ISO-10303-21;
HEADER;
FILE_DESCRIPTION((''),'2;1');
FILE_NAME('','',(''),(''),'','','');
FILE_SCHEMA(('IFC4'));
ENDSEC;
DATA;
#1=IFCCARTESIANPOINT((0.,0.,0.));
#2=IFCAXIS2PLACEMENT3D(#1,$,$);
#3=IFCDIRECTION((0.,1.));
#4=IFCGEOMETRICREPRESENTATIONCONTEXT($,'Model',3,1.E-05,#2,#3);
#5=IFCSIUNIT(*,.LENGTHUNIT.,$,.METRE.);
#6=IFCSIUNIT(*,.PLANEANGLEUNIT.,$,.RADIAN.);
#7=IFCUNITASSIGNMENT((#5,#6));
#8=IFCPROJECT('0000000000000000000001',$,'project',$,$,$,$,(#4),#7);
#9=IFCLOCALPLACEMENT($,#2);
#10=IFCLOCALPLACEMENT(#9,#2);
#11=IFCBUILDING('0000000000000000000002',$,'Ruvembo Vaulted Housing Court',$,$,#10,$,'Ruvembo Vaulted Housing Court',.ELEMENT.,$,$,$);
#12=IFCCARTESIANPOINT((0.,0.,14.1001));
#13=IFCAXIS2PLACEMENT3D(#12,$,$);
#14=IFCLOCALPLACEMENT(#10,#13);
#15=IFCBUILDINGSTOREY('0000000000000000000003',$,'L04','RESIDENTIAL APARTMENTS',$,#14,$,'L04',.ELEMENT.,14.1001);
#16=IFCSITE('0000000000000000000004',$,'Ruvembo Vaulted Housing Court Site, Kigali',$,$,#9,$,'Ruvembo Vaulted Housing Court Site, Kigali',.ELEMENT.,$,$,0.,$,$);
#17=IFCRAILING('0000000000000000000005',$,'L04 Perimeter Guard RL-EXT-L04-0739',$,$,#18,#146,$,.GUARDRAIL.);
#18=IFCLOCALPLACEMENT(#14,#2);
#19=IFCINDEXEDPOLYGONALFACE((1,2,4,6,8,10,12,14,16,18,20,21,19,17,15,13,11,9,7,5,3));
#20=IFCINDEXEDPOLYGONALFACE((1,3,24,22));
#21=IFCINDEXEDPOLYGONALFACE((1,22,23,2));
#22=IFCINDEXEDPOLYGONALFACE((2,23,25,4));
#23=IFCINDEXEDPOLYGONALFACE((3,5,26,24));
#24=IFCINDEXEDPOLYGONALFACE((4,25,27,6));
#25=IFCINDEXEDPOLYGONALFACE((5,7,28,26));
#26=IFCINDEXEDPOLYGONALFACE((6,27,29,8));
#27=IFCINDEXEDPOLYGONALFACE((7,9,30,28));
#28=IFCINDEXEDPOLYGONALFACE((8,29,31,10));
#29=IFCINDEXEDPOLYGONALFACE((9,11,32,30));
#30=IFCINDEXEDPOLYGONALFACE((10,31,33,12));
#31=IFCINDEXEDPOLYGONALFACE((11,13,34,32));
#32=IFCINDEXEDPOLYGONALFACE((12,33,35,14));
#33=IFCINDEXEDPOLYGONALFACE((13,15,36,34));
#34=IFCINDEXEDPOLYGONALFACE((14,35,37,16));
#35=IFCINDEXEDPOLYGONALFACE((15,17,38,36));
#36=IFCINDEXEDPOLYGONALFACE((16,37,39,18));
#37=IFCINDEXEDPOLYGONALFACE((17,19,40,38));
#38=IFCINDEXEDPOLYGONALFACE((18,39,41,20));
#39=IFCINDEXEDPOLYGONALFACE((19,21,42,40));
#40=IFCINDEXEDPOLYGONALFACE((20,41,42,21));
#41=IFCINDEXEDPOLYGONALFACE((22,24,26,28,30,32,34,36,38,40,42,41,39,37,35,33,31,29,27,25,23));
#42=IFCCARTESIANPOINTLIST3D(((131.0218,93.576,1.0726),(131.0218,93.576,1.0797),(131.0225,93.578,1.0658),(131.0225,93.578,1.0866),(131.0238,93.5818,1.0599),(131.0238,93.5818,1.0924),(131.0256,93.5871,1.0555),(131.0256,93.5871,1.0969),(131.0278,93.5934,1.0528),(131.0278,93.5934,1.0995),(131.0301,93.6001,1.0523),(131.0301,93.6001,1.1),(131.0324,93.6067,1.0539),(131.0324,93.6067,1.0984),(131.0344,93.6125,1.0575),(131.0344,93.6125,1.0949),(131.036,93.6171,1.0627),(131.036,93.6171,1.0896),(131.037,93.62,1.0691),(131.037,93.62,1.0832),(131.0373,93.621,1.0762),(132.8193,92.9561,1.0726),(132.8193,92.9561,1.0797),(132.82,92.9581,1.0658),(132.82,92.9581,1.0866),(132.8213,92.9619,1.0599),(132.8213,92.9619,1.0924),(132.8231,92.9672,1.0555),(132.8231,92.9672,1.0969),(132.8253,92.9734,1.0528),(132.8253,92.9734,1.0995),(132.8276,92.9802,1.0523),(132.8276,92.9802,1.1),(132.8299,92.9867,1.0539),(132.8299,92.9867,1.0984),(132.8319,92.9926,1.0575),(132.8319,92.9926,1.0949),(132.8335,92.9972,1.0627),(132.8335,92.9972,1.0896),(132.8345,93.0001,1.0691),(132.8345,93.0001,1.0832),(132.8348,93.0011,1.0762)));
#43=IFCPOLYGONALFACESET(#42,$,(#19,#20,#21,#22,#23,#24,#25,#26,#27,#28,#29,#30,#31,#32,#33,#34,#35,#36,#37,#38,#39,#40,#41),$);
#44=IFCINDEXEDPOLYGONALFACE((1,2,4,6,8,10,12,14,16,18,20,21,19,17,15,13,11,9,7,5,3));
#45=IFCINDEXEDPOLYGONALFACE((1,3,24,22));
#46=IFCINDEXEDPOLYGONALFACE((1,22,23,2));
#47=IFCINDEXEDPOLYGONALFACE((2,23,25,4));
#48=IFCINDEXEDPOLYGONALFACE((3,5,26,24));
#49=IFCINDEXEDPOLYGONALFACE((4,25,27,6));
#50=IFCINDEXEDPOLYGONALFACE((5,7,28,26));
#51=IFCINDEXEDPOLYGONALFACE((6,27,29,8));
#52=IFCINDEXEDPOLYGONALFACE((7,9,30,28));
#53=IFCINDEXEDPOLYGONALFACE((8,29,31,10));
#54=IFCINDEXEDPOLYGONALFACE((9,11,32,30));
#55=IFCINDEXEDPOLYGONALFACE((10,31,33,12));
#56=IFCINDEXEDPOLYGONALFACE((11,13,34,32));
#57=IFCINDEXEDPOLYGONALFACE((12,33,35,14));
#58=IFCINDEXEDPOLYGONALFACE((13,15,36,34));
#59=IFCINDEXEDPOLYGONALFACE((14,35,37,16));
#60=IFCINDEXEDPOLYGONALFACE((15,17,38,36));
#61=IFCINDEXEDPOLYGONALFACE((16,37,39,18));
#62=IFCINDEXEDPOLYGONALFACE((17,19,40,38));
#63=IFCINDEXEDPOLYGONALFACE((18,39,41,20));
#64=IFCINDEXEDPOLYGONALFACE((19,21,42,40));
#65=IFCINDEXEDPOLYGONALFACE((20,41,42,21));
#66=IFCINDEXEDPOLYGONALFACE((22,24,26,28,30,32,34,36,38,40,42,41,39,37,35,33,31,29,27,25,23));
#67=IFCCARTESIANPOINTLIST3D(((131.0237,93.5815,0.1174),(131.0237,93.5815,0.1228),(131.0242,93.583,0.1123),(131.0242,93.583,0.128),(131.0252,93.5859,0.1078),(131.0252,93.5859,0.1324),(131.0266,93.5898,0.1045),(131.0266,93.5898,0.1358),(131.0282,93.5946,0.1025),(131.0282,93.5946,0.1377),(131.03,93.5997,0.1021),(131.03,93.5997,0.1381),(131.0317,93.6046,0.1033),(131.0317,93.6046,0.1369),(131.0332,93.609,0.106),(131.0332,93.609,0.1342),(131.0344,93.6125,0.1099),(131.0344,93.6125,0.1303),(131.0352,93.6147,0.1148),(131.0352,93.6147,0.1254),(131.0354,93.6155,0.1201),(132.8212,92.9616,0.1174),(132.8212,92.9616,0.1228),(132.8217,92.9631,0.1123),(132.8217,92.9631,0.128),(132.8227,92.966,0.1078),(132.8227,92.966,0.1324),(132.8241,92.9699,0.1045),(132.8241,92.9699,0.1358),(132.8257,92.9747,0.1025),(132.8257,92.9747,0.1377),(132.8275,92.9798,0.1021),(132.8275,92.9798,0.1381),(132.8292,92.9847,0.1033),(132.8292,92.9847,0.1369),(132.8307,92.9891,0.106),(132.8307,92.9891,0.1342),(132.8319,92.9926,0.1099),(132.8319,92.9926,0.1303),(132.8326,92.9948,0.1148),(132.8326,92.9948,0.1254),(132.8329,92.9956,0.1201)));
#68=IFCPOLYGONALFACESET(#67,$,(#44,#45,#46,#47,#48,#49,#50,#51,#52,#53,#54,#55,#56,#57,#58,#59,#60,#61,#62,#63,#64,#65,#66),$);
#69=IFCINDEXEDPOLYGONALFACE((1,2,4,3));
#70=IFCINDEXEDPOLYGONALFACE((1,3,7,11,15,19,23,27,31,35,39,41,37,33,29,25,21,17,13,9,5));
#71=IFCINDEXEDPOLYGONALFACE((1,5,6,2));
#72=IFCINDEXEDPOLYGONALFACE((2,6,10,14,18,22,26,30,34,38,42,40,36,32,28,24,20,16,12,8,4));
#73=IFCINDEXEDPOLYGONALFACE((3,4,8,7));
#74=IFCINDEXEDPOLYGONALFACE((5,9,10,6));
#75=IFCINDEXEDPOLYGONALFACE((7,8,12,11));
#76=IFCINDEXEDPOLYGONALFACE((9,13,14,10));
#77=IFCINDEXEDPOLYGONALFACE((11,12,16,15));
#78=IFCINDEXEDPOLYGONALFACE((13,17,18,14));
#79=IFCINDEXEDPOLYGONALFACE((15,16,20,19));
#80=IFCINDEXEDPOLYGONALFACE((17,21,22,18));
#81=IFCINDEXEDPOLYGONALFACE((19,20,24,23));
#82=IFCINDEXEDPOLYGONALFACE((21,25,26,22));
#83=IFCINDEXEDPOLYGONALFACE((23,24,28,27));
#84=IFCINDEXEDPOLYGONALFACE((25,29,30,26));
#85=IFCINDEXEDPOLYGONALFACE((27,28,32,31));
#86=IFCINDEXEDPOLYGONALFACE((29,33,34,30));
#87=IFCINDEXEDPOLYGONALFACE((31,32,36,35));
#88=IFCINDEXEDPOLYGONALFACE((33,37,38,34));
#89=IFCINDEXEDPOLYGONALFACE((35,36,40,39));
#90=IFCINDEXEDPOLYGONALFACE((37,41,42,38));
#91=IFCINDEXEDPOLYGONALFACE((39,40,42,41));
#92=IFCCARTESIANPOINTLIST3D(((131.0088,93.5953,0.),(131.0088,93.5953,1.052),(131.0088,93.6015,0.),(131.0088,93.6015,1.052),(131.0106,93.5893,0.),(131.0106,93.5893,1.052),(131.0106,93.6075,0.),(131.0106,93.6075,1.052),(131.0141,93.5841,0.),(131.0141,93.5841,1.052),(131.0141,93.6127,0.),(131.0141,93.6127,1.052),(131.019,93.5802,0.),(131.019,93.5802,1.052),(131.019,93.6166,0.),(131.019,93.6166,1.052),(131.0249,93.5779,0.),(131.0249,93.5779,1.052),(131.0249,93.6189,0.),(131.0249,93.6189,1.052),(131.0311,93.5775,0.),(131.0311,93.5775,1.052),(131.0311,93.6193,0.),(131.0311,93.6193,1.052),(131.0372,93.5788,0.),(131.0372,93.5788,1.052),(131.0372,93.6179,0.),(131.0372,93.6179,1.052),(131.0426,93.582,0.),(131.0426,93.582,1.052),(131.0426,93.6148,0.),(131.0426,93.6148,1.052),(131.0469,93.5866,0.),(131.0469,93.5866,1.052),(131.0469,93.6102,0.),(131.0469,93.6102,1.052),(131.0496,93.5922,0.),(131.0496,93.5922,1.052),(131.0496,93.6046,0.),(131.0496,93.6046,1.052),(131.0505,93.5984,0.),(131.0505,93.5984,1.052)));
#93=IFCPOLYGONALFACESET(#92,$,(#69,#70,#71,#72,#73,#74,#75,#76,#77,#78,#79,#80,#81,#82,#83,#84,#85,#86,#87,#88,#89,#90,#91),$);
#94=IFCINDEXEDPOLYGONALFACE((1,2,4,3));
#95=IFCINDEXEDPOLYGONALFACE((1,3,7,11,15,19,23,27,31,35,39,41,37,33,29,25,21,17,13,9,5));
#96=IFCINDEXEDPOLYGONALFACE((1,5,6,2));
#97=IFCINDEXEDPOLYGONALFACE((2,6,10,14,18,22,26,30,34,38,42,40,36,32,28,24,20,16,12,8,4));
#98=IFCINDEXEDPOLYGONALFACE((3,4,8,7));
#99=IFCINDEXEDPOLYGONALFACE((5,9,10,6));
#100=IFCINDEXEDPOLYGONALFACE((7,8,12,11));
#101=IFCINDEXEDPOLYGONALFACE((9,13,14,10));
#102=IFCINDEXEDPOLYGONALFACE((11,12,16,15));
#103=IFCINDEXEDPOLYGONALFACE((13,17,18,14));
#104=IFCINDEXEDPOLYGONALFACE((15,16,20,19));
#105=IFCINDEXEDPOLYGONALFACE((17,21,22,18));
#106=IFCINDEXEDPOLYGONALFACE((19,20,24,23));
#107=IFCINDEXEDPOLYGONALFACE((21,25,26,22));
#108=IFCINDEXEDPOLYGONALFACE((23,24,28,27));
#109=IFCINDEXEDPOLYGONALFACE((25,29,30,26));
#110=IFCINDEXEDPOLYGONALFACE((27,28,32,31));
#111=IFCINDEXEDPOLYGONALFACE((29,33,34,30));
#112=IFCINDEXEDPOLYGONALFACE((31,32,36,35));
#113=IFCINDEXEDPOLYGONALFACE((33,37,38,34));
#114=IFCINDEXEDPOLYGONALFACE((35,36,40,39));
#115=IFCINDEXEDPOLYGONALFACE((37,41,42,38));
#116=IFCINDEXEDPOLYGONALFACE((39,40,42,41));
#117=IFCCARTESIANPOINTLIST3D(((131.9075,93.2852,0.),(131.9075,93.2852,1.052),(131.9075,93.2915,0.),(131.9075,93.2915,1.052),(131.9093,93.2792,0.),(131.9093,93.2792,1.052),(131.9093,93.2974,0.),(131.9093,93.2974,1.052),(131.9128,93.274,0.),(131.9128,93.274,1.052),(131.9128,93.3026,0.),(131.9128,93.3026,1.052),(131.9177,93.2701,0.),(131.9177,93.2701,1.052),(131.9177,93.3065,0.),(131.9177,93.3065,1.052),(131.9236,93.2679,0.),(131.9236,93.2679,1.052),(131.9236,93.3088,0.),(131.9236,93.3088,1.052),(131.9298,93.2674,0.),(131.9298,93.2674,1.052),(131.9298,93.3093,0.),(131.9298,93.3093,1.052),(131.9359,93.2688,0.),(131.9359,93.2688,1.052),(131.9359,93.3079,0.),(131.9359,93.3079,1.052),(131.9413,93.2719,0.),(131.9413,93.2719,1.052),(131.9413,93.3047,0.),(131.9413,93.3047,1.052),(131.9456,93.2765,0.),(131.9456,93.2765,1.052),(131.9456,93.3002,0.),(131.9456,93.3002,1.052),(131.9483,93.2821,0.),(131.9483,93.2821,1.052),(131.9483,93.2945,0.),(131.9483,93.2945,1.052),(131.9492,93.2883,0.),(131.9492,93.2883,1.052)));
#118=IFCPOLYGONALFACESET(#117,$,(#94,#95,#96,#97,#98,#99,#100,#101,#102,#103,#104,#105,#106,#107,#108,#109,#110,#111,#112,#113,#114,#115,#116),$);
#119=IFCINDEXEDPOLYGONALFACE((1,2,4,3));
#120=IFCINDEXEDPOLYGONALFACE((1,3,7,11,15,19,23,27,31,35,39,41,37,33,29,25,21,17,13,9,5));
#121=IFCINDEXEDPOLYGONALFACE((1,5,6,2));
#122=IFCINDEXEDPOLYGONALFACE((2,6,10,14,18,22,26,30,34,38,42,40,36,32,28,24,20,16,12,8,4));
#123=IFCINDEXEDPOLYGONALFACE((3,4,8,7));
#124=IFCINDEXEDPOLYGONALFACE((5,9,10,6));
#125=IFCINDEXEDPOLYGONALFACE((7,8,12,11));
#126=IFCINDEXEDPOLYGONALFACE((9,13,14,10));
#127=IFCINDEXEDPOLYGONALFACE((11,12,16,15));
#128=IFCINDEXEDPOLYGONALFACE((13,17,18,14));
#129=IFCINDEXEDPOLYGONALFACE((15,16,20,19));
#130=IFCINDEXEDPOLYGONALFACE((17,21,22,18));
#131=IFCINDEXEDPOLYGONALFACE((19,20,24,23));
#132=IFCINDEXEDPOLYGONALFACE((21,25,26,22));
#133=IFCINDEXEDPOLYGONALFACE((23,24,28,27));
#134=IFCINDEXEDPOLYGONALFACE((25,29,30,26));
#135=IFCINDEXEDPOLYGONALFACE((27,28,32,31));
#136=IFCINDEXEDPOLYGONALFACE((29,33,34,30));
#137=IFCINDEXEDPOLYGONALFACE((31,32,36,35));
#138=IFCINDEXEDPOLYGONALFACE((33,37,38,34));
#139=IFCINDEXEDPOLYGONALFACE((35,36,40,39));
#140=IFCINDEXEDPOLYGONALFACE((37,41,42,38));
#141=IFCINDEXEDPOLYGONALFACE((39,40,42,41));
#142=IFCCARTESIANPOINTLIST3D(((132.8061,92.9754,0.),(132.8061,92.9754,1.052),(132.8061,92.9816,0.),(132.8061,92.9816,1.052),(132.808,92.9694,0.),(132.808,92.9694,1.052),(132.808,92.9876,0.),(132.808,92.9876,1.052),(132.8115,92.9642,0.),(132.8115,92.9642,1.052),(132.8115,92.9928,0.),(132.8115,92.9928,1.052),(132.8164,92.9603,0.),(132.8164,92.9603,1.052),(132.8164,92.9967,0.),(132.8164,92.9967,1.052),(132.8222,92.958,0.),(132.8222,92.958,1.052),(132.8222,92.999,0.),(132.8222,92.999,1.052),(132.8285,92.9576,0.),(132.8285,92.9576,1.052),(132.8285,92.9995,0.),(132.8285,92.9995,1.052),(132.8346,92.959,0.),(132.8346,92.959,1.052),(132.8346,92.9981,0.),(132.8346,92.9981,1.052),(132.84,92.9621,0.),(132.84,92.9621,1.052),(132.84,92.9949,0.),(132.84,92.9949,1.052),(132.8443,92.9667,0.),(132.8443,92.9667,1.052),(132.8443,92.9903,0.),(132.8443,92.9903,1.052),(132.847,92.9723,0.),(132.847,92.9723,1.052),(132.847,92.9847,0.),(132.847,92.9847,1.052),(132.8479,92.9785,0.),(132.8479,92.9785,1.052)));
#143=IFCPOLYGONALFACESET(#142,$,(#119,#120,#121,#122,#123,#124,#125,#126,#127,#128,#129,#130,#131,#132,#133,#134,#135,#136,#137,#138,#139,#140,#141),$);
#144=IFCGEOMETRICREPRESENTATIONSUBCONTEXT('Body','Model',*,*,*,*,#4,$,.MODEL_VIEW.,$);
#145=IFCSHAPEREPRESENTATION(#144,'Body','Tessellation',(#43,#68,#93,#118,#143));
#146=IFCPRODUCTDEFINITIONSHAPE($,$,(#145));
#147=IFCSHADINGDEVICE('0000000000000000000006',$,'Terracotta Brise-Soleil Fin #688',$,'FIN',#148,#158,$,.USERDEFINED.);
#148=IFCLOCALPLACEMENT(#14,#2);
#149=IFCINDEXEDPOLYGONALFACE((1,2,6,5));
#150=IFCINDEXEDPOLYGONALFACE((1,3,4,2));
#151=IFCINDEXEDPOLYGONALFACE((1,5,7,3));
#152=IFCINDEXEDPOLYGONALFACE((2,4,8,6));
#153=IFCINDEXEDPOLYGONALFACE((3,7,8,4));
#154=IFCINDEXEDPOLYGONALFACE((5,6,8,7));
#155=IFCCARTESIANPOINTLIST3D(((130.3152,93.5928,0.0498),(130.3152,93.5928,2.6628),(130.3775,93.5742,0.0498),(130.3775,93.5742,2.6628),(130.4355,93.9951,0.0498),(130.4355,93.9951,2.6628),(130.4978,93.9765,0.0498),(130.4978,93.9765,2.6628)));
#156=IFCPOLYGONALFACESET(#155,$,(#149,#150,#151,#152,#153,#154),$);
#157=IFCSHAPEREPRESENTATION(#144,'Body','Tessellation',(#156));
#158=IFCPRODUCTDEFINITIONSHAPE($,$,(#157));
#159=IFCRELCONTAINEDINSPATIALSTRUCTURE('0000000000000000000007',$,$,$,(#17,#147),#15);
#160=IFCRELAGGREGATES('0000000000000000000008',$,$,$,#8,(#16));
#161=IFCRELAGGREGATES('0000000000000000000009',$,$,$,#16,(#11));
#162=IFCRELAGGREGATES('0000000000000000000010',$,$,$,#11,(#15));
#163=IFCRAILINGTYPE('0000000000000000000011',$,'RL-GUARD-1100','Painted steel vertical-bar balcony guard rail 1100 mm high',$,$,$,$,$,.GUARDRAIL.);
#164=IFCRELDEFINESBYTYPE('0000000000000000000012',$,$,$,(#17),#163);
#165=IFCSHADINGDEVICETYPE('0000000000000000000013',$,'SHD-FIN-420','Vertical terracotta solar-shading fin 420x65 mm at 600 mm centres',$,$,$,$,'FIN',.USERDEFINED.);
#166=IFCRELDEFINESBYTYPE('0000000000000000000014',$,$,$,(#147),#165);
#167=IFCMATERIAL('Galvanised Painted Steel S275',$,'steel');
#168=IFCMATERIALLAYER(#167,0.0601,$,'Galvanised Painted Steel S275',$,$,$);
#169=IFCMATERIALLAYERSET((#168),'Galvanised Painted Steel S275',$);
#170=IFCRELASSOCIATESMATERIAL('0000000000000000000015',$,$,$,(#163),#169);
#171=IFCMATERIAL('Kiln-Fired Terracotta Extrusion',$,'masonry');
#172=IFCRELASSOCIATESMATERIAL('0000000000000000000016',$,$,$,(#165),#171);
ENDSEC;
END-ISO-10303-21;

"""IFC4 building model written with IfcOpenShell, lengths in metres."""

from ifc_helpers import new_model, si_unit, direction, frame, origin, origin_2d, place, context, subcontext, project, spatial, rectangle, circle, extrude, material, layer, layer_set, type_object, element, save


model = new_model("IFC4")

# Units and contexts
model_context = context("Model", 3, precision=1e-05, world=origin(), true_north=direction((0.0, 1.0)))
body_context = subcontext(model_context, "Body", "Model", "MODEL_VIEW")
ifc_project = project(units=[si_unit("LENGTHUNIT", "METRE"), si_unit("PLANEANGLEUNIT", "RADIAN")], contexts=[model_context])

# Site, building, storey
site_placement = place(None, origin())
site = spatial("IfcSite", under=ifc_project, at=site_placement, Name="Ruvembo Vaulted Housing Court Site, Kigali", LongName="Ruvembo Vaulted Housing Court Site, Kigali", CompositionType="ELEMENT", RefElevation=0.0)
building_placement = place(site_placement, origin())
building = spatial("IfcBuilding", under=site, at=building_placement, Name="Ruvembo Vaulted Housing Court", LongName="Ruvembo Vaulted Housing Court", CompositionType="ELEMENT")
storey_placement = place(building_placement, frame((0.0, 0.0, 14.1001)))
storey = spatial("IfcBuildingStorey", under=building, at=storey_placement, Name="L04", Description="RESIDENTIAL APARTMENTS", LongName="L04", CompositionType="ELEMENT", Elevation=14.1001)

# Railing
ifc_material_1 = material(Name="Galvanised Painted Steel S275", Category="steel")
ifc_layer_1 = layer(ifc_material_1, 0.0601, Name="Galvanised Painted Steel S275")
ifc_layer_set_1 = layer_set([ifc_layer_1], Name="Galvanised Painted Steel S275")
railing_type_1 = type_object("IfcRailingType", Name="RL-GUARD-1100", Description="Painted steel vertical-bar balcony guard rail 1100 mm high", PredefinedType="GUARDRAIL", material=ifc_layer_set_1)
railing_1_placement = place(storey_placement, frame((131.0295, 93.5984, 0.0)))
element("IfcRailing", 1, at=railing_1_placement, inside=storey, type_object=railing_type_1, Name="L04 Perimeter Guard RL-EXT-L04-0739", PredefinedType="GUARDRAIL", context=body_context, shape_type="SweptSolid", body=[
    extrude(circle(Radius=0.0239, at=origin_2d()), frame((0.0, 0.0, 1.0762), z_axis=(0.945358, -0.326034, 0.0), x_axis=(0.326034, 0.945358, 0.0)), (0.0, 0.0, 1.0), 1.9014),
    extrude(circle(Radius=0.0181, at=origin_2d()), frame((0.0, 0.0, 0.1201), z_axis=(0.945358, -0.326034, 0.0), x_axis=(0.326034, 0.945358, 0.0)), (0.0, 0.0, 1.0), 1.9014),
    extrude(circle(Radius=0.021, at=origin_2d()), origin(), (0.0, 0.0, 1.0), 1.052),
    extrude(circle(Radius=0.021, at=origin_2d()), frame((0.8987, -0.3101, 0.0)), (0.0, 0.0, 1.0), 1.052),
    extrude(circle(Radius=0.021, at=origin_2d()), frame((1.7974, -0.6199, 0.0)), (0.0, 0.0, 1.0), 1.052),
])

# Shading device
ifc_material_2 = material(Name="Kiln-Fired Terracotta Extrusion", Category="masonry")
shading_device_type = type_object("IfcShadingDeviceType", Name="SHD-FIN-420", Description="Vertical terracotta solar-shading fin 420x65 mm at 600 mm centres", ElementType="FIN", PredefinedType="USERDEFINED", material=ifc_material_2)
shading_device_placement = place(storey_placement, frame((130.4065, 93.7847, 0.0498), z_axis=(0.0, 0.0, 1.0), x_axis=(-0.286491, -0.958083, 0.0)))
element("IfcShadingDevice", 2, at=shading_device_placement, inside=storey, type_object=shading_device_type, Name="Terracotta Brise-Soleil Fin #688", ObjectType="FIN", PredefinedType="USERDEFINED", context=body_context, shape_type="SweptSolid", body=[
    extrude(rectangle(XDim=0.4199, YDim=0.0649, at=origin_2d()), origin(), (0.0, 0.0, 1.0), 2.613),
])

save(model, "model.ifc")
